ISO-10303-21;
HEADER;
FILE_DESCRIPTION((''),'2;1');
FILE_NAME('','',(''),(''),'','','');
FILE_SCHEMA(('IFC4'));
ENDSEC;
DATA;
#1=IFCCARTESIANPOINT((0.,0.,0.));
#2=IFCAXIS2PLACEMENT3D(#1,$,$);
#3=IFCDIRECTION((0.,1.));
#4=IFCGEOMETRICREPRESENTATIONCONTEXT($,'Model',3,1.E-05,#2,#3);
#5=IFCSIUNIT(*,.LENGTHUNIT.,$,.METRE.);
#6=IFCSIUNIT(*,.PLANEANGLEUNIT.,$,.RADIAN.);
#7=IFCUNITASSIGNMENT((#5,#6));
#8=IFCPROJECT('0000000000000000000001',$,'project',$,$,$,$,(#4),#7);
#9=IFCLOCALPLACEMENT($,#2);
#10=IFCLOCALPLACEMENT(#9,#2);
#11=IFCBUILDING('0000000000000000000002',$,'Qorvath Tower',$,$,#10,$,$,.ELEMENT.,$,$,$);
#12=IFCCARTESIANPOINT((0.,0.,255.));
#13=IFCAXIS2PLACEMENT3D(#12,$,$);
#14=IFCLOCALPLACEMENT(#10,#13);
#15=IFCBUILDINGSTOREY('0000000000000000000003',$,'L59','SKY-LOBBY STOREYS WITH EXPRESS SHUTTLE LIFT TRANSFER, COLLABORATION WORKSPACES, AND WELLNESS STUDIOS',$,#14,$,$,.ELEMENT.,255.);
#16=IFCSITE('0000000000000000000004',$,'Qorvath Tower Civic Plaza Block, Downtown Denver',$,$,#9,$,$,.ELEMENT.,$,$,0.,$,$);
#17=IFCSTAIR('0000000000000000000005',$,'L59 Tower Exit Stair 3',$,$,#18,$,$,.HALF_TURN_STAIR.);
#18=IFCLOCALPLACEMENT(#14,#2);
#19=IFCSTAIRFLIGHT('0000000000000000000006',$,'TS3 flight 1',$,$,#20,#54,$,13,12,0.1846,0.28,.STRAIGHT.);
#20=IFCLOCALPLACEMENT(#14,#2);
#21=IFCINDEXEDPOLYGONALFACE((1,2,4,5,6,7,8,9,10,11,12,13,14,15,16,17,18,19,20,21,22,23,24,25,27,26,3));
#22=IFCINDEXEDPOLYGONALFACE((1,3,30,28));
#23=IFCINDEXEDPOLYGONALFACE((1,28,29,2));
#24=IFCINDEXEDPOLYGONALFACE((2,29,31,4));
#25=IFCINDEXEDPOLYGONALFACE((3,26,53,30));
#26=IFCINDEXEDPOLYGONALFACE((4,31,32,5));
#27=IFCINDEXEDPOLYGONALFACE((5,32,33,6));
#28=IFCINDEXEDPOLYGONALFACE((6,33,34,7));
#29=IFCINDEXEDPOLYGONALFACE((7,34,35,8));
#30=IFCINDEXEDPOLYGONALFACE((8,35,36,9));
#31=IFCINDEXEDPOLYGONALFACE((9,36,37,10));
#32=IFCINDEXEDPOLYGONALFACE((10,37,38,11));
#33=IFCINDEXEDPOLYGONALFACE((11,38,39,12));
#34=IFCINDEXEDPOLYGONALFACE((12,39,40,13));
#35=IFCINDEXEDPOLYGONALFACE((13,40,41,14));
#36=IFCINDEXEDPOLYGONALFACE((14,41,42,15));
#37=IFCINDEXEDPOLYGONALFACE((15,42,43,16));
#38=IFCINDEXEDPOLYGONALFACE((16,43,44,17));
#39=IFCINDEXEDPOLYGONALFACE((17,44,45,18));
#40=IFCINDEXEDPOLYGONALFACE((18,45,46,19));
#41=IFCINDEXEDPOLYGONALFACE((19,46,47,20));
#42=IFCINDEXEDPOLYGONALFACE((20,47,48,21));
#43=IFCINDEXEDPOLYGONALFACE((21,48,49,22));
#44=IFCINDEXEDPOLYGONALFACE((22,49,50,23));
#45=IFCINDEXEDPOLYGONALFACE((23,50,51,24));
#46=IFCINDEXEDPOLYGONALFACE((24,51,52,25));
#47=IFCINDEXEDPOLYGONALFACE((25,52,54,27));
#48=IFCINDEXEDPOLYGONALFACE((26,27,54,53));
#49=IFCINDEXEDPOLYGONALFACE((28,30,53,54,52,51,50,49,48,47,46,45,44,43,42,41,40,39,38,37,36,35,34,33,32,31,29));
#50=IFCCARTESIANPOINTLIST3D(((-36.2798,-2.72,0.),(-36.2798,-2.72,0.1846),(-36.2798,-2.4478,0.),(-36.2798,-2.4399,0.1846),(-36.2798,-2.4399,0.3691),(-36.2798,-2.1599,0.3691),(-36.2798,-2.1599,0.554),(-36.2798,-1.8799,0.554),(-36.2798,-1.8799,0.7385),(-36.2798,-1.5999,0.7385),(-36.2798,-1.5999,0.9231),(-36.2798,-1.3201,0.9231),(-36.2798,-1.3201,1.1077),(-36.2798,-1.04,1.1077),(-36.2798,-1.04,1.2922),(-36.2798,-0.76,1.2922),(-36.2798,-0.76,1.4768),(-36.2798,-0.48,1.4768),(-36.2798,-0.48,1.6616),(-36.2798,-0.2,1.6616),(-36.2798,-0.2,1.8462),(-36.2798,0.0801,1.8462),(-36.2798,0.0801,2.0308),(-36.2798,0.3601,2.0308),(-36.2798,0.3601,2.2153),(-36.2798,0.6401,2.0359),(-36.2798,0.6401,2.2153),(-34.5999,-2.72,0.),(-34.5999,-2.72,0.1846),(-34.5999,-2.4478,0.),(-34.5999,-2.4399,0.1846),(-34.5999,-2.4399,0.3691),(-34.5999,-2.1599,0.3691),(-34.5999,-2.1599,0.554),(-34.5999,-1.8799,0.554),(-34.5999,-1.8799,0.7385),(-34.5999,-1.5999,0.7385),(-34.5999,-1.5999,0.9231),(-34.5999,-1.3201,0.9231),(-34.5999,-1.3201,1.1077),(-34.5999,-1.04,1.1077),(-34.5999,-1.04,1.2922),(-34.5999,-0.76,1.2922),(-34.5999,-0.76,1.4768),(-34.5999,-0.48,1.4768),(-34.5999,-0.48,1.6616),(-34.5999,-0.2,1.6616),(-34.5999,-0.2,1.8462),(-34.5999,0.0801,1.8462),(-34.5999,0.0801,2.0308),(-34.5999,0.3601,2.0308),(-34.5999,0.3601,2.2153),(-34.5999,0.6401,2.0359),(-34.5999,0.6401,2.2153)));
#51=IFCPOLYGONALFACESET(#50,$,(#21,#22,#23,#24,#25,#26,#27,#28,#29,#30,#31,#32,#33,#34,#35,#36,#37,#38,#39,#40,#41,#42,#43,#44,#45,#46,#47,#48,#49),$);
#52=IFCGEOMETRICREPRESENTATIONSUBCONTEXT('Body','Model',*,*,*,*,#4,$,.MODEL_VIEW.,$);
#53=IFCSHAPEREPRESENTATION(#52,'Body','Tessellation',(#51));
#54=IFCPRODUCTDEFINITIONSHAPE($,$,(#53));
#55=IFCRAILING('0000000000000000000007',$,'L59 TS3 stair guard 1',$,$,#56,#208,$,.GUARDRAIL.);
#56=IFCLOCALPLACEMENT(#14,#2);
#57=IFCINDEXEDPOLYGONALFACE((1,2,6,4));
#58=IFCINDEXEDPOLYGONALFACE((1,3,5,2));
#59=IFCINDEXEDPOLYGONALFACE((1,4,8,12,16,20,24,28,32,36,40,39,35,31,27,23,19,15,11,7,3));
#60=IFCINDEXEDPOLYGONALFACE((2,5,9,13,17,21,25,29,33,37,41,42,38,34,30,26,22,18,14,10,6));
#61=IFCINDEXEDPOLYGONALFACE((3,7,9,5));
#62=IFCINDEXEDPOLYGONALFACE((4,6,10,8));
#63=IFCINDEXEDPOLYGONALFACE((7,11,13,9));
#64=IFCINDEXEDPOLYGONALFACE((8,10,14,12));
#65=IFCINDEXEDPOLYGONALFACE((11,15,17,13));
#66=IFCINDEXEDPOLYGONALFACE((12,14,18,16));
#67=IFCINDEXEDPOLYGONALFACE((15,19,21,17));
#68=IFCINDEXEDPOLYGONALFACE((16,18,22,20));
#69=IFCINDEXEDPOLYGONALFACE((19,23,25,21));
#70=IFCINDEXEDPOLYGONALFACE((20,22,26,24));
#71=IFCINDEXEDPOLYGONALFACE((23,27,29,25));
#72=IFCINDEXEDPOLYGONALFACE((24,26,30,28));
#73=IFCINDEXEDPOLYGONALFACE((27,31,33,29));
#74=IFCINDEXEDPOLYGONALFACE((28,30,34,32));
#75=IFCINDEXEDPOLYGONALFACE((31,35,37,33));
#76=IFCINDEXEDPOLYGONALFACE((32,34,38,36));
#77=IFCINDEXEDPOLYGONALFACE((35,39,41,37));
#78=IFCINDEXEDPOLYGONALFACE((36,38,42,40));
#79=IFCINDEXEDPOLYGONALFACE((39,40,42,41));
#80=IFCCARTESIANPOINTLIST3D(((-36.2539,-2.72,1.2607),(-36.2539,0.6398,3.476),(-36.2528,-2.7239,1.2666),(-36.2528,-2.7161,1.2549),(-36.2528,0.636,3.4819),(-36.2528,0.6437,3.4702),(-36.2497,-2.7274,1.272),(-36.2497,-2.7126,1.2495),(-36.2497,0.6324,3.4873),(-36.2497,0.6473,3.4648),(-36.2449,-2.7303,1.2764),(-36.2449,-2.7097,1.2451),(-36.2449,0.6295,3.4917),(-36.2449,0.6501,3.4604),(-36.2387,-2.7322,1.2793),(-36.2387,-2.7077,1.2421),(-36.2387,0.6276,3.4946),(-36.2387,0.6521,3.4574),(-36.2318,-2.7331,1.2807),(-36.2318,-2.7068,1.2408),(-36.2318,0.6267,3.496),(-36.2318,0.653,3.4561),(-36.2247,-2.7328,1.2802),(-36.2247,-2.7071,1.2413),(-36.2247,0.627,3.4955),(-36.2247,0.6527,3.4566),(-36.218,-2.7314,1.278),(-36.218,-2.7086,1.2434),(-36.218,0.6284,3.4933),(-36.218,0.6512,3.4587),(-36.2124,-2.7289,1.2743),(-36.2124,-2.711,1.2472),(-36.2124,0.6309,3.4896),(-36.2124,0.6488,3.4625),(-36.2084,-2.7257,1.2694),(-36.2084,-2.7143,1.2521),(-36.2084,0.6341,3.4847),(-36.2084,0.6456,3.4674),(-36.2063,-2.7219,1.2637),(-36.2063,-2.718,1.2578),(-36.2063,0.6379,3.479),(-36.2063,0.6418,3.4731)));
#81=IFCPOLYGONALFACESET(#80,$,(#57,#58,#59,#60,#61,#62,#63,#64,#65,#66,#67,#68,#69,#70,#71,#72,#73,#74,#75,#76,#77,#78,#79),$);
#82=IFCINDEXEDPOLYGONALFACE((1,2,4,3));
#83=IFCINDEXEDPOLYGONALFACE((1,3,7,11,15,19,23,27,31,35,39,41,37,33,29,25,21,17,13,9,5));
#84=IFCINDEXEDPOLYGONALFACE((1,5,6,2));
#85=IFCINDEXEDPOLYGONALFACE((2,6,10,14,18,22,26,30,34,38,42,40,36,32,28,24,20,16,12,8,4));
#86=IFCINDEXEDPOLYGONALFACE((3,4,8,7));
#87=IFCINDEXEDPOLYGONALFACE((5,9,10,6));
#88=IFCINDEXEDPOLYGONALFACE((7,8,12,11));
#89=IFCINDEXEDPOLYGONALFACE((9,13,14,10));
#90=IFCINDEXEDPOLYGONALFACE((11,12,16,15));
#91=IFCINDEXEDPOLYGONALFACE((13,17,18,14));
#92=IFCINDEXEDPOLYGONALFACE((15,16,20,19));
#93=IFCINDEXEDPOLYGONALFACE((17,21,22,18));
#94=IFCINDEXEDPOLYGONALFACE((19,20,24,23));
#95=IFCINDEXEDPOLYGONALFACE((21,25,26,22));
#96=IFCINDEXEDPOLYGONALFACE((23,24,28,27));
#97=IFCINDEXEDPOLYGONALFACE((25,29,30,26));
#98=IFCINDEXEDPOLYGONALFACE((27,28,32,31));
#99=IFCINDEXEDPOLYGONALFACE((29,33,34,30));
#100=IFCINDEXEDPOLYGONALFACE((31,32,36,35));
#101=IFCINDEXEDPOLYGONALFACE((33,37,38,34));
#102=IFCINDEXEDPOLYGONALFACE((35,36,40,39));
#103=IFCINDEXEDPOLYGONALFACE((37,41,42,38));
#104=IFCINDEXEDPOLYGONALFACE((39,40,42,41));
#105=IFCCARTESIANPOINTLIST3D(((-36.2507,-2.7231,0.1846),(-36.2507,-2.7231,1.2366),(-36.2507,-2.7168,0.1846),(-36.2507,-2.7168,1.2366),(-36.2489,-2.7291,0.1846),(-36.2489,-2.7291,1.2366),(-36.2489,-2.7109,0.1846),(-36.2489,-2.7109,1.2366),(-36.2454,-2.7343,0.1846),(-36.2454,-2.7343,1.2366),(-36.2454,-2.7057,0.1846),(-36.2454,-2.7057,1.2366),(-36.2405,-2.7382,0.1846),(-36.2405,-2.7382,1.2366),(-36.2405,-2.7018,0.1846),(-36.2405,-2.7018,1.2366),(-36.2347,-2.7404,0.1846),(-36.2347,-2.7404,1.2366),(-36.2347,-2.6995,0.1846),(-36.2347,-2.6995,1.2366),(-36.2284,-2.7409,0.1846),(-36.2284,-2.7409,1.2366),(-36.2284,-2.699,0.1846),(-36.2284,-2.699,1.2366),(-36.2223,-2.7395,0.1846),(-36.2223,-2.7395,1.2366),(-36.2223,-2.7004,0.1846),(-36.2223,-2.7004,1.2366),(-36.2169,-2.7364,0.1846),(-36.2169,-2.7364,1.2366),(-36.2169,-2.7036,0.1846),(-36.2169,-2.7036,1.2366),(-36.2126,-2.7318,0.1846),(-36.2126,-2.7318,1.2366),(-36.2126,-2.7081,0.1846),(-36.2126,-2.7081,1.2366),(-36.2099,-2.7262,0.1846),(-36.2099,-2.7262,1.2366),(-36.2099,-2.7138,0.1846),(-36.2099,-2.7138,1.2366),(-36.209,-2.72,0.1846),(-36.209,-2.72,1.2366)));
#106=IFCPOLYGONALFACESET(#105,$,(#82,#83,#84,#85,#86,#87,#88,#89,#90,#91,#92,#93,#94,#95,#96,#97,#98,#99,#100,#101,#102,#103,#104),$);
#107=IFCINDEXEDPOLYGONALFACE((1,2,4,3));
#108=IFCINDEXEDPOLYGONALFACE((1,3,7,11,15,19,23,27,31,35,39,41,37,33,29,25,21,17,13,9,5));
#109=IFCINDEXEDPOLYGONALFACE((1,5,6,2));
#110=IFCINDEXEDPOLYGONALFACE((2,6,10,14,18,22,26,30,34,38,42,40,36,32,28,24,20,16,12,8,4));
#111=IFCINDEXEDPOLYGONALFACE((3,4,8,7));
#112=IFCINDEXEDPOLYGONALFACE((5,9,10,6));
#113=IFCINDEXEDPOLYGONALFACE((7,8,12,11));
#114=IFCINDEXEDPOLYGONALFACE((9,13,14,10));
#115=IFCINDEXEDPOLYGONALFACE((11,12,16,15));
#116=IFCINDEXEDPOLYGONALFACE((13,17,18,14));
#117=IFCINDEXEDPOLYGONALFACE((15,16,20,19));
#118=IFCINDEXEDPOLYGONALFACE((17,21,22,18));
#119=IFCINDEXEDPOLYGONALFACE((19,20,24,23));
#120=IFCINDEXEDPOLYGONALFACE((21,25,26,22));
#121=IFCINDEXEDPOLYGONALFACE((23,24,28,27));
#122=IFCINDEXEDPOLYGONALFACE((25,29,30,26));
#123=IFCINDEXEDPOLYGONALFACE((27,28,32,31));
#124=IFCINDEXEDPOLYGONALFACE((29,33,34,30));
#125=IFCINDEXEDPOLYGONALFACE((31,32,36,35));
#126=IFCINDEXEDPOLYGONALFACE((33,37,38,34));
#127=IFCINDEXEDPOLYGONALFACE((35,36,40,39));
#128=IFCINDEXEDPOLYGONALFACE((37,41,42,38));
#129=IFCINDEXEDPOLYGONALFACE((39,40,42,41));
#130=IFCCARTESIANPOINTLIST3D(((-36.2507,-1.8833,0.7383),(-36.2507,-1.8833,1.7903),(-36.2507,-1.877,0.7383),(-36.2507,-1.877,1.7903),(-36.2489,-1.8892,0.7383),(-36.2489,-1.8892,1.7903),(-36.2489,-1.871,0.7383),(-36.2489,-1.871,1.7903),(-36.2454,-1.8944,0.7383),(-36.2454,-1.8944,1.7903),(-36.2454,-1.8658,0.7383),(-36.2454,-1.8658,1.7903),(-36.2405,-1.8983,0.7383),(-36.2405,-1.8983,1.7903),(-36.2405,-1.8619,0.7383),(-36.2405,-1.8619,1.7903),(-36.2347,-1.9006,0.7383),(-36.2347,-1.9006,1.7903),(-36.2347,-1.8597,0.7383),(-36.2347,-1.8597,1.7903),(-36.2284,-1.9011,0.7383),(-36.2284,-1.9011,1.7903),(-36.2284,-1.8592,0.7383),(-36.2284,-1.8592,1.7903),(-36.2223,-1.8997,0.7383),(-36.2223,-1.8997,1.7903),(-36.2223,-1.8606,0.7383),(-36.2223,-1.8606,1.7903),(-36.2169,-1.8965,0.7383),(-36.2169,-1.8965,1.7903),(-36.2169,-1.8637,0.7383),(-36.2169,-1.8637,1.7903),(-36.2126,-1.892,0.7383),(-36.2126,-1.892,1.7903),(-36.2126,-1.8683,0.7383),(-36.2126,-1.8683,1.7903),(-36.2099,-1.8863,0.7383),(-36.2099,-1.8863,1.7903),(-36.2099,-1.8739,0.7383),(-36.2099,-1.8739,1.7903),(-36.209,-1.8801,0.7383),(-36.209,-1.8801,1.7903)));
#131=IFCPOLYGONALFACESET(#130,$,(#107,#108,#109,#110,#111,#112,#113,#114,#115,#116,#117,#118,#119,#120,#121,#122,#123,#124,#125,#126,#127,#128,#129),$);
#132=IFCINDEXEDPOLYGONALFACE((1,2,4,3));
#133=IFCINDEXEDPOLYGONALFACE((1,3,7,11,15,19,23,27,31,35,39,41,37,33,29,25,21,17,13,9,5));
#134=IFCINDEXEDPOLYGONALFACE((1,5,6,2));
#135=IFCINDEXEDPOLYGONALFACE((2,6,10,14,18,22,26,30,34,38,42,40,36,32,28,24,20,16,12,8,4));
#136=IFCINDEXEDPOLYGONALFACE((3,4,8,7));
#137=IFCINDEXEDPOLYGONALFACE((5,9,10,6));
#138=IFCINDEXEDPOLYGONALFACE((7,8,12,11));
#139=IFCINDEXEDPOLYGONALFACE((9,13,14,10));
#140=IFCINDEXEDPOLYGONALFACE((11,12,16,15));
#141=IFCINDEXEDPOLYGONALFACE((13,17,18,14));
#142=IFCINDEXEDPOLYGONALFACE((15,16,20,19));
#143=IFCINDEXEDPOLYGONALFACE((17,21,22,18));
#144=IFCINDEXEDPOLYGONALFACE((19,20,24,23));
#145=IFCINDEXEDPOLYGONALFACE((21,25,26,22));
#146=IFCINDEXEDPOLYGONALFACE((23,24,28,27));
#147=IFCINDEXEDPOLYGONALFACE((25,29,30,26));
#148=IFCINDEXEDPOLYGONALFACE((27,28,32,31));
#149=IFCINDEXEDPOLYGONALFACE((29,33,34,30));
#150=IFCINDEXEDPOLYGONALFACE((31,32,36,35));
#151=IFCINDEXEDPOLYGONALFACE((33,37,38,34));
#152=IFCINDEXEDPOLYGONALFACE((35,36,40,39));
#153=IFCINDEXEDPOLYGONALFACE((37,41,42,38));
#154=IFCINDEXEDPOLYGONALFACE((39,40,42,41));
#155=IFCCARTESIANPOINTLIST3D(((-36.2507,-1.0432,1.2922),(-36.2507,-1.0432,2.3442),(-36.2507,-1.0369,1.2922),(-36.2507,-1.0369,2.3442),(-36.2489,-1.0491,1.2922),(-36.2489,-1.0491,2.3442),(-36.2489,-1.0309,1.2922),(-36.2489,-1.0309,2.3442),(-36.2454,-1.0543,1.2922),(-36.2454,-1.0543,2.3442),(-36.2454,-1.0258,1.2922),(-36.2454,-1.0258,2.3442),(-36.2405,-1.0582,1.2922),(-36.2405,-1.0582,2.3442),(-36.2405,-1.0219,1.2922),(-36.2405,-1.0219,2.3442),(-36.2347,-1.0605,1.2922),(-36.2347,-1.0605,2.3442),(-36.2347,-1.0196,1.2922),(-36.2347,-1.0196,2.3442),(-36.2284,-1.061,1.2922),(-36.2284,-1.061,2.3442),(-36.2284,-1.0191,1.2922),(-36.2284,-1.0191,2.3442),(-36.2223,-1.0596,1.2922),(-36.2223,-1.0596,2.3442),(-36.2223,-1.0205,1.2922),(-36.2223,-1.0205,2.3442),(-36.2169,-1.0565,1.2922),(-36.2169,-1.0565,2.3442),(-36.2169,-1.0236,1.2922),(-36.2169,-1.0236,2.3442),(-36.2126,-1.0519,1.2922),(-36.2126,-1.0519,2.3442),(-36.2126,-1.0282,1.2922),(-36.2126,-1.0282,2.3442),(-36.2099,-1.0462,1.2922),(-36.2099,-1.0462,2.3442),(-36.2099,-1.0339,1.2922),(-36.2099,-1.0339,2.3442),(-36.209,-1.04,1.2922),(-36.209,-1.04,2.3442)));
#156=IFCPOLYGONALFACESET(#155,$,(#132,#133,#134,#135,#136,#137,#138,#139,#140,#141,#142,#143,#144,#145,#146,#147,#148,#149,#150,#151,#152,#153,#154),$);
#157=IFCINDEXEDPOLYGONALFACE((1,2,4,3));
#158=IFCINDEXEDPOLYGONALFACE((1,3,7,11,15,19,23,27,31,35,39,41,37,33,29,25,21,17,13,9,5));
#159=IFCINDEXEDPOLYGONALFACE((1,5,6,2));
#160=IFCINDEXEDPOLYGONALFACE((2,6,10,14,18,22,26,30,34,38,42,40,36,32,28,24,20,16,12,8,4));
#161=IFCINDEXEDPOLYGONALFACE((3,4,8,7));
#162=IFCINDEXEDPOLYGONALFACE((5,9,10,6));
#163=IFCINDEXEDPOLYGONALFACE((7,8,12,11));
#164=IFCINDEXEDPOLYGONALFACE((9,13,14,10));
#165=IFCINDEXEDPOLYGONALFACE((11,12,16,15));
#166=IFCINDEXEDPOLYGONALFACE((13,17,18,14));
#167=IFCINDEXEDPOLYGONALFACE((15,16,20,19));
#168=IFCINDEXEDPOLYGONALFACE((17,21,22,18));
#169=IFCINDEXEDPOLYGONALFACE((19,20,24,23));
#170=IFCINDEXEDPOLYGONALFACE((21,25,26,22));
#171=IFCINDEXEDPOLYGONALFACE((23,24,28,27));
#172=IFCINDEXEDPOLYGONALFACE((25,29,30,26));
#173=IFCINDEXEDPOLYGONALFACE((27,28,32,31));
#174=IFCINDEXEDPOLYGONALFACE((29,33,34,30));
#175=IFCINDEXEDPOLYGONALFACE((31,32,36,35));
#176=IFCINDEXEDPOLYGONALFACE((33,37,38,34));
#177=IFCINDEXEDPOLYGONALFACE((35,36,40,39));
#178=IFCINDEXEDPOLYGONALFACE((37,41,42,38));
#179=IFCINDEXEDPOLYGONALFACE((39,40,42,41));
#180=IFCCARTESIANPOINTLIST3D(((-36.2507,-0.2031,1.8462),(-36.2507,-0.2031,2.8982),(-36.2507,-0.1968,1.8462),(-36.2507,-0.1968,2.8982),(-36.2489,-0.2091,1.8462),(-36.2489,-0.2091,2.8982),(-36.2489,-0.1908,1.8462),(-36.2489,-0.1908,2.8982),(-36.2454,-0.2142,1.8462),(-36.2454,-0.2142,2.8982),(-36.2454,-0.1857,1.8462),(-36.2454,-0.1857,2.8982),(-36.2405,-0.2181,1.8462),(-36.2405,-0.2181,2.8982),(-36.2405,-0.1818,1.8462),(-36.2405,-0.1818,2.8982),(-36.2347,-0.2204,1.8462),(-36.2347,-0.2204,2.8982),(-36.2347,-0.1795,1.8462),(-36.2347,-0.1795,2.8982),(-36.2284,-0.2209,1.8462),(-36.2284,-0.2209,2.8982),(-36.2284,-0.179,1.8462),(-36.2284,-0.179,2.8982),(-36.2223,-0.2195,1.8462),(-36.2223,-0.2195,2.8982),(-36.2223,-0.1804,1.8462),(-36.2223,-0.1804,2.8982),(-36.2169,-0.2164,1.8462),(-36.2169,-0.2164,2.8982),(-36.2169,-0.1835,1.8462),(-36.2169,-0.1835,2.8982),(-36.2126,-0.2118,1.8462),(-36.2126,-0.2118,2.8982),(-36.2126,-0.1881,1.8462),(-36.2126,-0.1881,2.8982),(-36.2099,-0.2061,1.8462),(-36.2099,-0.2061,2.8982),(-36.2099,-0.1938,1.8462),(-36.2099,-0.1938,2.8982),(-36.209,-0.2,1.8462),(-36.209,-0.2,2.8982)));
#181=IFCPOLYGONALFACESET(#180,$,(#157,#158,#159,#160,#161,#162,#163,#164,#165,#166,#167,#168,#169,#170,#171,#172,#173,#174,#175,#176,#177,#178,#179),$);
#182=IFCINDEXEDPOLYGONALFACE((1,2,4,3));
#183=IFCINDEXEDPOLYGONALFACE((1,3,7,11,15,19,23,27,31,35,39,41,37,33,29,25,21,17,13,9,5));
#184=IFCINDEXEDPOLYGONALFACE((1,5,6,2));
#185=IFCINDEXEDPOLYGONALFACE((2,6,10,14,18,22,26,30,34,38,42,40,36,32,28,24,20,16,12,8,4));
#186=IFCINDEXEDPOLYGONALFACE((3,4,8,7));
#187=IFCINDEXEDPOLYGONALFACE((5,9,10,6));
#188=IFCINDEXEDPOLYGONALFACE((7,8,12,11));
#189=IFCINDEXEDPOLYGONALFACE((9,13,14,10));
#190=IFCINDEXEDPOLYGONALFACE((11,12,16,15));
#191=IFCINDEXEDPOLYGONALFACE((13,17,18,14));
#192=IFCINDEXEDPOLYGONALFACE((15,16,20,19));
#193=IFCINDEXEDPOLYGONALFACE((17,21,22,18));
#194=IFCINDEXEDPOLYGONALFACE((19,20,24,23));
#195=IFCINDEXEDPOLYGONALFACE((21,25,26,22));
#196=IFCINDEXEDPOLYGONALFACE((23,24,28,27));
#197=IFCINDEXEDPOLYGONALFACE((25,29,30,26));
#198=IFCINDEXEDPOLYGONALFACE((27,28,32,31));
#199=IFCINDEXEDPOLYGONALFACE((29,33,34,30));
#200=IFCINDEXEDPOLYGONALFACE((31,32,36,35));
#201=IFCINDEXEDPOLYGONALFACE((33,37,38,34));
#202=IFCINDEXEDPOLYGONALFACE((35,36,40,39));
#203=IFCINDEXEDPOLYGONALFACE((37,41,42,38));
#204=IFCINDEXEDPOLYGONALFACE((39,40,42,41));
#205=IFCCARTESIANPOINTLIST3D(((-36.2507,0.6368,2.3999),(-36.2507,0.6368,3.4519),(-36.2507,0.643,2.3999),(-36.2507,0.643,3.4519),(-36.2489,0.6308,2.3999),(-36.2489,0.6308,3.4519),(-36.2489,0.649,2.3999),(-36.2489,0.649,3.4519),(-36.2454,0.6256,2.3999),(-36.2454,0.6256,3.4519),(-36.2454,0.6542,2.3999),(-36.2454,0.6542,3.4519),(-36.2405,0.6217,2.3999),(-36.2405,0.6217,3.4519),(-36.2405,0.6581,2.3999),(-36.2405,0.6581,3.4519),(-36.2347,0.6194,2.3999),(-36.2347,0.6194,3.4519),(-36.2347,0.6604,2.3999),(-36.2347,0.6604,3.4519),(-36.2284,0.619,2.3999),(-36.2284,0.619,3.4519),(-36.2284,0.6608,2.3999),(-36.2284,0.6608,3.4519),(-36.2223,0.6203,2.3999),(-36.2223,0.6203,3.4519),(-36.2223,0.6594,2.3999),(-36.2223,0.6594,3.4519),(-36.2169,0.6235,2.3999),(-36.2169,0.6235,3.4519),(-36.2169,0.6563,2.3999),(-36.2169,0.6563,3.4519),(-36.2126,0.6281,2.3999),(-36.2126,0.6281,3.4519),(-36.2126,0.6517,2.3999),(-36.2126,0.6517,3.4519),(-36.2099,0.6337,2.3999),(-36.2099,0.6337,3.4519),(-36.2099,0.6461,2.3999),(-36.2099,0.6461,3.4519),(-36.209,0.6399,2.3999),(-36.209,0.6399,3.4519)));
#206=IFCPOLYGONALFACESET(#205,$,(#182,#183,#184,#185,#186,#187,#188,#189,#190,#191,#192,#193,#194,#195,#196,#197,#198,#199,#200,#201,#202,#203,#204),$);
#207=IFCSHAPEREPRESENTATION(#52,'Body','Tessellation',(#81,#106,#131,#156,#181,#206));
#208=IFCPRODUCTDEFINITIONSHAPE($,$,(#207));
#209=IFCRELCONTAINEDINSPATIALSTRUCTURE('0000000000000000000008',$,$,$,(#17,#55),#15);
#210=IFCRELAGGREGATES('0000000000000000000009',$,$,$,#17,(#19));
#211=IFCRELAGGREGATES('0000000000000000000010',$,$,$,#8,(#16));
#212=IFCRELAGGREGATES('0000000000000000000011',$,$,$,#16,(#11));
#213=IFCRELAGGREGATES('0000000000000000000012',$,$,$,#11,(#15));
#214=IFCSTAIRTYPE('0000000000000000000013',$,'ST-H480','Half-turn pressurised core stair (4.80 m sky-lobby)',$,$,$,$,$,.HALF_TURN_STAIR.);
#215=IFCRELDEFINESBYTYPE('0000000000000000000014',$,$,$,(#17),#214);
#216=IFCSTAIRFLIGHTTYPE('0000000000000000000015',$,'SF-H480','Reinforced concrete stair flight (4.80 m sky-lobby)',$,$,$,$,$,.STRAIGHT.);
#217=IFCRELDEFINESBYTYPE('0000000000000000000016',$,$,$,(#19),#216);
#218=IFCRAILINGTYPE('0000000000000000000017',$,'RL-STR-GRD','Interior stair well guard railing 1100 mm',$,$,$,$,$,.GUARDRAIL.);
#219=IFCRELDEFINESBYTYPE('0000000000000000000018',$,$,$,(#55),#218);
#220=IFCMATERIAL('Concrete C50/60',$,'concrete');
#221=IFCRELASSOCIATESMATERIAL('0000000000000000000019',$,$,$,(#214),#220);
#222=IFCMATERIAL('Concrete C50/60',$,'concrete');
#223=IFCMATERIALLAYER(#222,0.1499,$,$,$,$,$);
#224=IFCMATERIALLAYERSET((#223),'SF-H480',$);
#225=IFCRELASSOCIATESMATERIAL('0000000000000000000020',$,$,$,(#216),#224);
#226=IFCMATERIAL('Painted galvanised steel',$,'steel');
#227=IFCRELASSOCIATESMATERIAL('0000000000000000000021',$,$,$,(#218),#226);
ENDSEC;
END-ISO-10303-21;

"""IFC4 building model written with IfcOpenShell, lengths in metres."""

from ifc_helpers import new_model, si_unit, direction, frame, origin, origin_2d, place, context, subcontext, project, spatial, polyline, circle, outline, extrude, material, layer, layer_set, type_object, element, aggregate, save


model = new_model("IFC4")

# Units and contexts
model_context = context("Model", 3, precision=1e-05, world=origin(), true_north=direction((0.0, 1.0)))
body_context = subcontext(model_context, "Body", "Model", "MODEL_VIEW")
ifc_project = project(units=[si_unit("LENGTHUNIT", "METRE"), si_unit("PLANEANGLEUNIT", "RADIAN")], contexts=[model_context])

# Site, building, storey
site_placement = place(None, origin())
site = spatial("IfcSite", under=ifc_project, at=site_placement, Name="Qorvath Tower Civic Plaza Block, Downtown Denver", CompositionType="ELEMENT", RefElevation=0.0)
building_placement = place(site_placement, origin())
building = spatial("IfcBuilding", under=site, at=building_placement, Name="Qorvath Tower", CompositionType="ELEMENT")
storey_placement = place(building_placement, frame((0.0, 0.0, 255.0)))
storey = spatial("IfcBuildingStorey", under=building, at=storey_placement, Name="L59", Description="SKY-LOBBY STOREYS WITH EXPRESS SHUTTLE LIFT TRANSFER, COLLABORATION WORKSPACES, AND WELLNESS STUDIOS", CompositionType="ELEMENT", Elevation=255.0)

# Stair, stair flight
ifc_material_1 = material(Name="Concrete C50/60", Category="concrete")
stair_type = type_object("IfcStairType", Name="ST-H480", Description="Half-turn pressurised core stair (4.80 m sky-lobby)", PredefinedType="HALF_TURN_STAIR", material=ifc_material_1)
stair_placement = place(storey_placement, origin())
stair = element("IfcStair", 1, at=stair_placement, inside=storey, type_object=stair_type, Name="L59 Tower Exit Stair 3", PredefinedType="HALF_TURN_STAIR")
ifc_material_2 = material(Name="Concrete C50/60", Category="concrete")
ifc_layer_1 = layer(ifc_material_2, 0.1499)
ifc_layer_set_1 = layer_set([ifc_layer_1], Name="SF-H480")
stair_flight_type = type_object("IfcStairFlightType", Name="SF-H480", Description="Reinforced concrete stair flight (4.80 m sky-lobby)", PredefinedType="STRAIGHT", material=ifc_layer_set_1)
stair_flight_placement = place(storey_placement, frame((-35.4399, -2.72, 0.0), z_axis=(0.0, 0.0, 1.0), x_axis=(0.0, 1.0, 0.0)))
stair_flight = element("IfcStairFlight", 2, at=stair_flight_placement, type_object=stair_flight_type, Name="TS3 flight 1", NumberOfRisers=13, NumberOfTreads=12, PredefinedType="STRAIGHT", RiserHeight=0.1846, TreadLength=0.28, context=body_context, shape_type="SweptSolid", body=[
    extrude(outline(polyline([(0.0, 0.0), (0.0, 0.1846), (0.28, 0.1846), (0.28, 0.3691), (0.5601, 0.3691), (0.5601, 0.554), (0.8401, 0.554), (0.8401, 0.7385), (1.1201, 0.7385), (1.1201, 0.9231), (1.3999, 0.9231), (1.3999, 1.1077), (1.6799, 1.1077), (1.6799, 1.2922), (1.96, 1.2922), (1.96, 1.4768), (2.24, 1.4768), (2.24, 1.6616), (2.52, 1.6616), (2.52, 1.8462), (2.8, 1.8462), (2.8, 2.0308), (3.0801, 2.0308), (3.0801, 2.2153), (3.3601, 2.2153), (3.3601, 2.3999), (3.3601, 2.0359), (0.2722, 0.0), (0.0, 0.0)])), frame((0.0, 0.8398, 0.0), z_axis=(0.0, -1.0, 0.0), x_axis=(1.0, 0.0, 0.0)), (0.0, 0.0, 1.0), 1.6799),
])
aggregate(stair, [stair_flight])

# Railing
ifc_material_3 = material(Name="Painted galvanised steel", Category="steel")
railing_type_1 = type_object("IfcRailingType", Name="RL-STR-GRD", Description="Interior stair well guard railing 1100 mm", PredefinedType="GUARDRAIL", material=ifc_material_3)
railing_1_placement = place(storey_placement, frame((-36.23, -2.72, 0.1846)))
element("IfcRailing", 3, at=railing_1_placement, inside=storey, type_object=railing_type_1, Name="L59 TS3 stair guard 1", PredefinedType="GUARDRAIL", context=body_context, shape_type="SweptSolid", body=[
    extrude(circle(Radius=0.0239, at=origin_2d()), frame((0.0, 0.0, 1.0762), z_axis=(0.0, 0.834858, 0.550465), x_axis=(-1.0, 0.0, 0.0)), (0.0, 0.0, 1.0), 4.0244),
    extrude(circle(Radius=0.021, at=origin_2d()), origin(), (0.0, 0.0, 1.0), 1.052),
    extrude(circle(Radius=0.021, at=origin_2d()), frame((0.0, 0.8398, 0.5537)), (0.0, 0.0, 1.0), 1.052),
    extrude(circle(Radius=0.021, at=origin_2d()), frame((0.0, 1.6799, 1.1077)), (0.0, 0.0, 1.0), 1.052),
    extrude(circle(Radius=0.021, at=origin_2d()), frame((0.0, 2.52, 1.6616)), (0.0, 0.0, 1.0), 1.052),
    extrude(circle(Radius=0.021, at=origin_2d()), frame((0.0, 3.3599, 2.2153)), (0.0, 0.0, 1.0), 1.052),
])

save(model, "model.ifc")
